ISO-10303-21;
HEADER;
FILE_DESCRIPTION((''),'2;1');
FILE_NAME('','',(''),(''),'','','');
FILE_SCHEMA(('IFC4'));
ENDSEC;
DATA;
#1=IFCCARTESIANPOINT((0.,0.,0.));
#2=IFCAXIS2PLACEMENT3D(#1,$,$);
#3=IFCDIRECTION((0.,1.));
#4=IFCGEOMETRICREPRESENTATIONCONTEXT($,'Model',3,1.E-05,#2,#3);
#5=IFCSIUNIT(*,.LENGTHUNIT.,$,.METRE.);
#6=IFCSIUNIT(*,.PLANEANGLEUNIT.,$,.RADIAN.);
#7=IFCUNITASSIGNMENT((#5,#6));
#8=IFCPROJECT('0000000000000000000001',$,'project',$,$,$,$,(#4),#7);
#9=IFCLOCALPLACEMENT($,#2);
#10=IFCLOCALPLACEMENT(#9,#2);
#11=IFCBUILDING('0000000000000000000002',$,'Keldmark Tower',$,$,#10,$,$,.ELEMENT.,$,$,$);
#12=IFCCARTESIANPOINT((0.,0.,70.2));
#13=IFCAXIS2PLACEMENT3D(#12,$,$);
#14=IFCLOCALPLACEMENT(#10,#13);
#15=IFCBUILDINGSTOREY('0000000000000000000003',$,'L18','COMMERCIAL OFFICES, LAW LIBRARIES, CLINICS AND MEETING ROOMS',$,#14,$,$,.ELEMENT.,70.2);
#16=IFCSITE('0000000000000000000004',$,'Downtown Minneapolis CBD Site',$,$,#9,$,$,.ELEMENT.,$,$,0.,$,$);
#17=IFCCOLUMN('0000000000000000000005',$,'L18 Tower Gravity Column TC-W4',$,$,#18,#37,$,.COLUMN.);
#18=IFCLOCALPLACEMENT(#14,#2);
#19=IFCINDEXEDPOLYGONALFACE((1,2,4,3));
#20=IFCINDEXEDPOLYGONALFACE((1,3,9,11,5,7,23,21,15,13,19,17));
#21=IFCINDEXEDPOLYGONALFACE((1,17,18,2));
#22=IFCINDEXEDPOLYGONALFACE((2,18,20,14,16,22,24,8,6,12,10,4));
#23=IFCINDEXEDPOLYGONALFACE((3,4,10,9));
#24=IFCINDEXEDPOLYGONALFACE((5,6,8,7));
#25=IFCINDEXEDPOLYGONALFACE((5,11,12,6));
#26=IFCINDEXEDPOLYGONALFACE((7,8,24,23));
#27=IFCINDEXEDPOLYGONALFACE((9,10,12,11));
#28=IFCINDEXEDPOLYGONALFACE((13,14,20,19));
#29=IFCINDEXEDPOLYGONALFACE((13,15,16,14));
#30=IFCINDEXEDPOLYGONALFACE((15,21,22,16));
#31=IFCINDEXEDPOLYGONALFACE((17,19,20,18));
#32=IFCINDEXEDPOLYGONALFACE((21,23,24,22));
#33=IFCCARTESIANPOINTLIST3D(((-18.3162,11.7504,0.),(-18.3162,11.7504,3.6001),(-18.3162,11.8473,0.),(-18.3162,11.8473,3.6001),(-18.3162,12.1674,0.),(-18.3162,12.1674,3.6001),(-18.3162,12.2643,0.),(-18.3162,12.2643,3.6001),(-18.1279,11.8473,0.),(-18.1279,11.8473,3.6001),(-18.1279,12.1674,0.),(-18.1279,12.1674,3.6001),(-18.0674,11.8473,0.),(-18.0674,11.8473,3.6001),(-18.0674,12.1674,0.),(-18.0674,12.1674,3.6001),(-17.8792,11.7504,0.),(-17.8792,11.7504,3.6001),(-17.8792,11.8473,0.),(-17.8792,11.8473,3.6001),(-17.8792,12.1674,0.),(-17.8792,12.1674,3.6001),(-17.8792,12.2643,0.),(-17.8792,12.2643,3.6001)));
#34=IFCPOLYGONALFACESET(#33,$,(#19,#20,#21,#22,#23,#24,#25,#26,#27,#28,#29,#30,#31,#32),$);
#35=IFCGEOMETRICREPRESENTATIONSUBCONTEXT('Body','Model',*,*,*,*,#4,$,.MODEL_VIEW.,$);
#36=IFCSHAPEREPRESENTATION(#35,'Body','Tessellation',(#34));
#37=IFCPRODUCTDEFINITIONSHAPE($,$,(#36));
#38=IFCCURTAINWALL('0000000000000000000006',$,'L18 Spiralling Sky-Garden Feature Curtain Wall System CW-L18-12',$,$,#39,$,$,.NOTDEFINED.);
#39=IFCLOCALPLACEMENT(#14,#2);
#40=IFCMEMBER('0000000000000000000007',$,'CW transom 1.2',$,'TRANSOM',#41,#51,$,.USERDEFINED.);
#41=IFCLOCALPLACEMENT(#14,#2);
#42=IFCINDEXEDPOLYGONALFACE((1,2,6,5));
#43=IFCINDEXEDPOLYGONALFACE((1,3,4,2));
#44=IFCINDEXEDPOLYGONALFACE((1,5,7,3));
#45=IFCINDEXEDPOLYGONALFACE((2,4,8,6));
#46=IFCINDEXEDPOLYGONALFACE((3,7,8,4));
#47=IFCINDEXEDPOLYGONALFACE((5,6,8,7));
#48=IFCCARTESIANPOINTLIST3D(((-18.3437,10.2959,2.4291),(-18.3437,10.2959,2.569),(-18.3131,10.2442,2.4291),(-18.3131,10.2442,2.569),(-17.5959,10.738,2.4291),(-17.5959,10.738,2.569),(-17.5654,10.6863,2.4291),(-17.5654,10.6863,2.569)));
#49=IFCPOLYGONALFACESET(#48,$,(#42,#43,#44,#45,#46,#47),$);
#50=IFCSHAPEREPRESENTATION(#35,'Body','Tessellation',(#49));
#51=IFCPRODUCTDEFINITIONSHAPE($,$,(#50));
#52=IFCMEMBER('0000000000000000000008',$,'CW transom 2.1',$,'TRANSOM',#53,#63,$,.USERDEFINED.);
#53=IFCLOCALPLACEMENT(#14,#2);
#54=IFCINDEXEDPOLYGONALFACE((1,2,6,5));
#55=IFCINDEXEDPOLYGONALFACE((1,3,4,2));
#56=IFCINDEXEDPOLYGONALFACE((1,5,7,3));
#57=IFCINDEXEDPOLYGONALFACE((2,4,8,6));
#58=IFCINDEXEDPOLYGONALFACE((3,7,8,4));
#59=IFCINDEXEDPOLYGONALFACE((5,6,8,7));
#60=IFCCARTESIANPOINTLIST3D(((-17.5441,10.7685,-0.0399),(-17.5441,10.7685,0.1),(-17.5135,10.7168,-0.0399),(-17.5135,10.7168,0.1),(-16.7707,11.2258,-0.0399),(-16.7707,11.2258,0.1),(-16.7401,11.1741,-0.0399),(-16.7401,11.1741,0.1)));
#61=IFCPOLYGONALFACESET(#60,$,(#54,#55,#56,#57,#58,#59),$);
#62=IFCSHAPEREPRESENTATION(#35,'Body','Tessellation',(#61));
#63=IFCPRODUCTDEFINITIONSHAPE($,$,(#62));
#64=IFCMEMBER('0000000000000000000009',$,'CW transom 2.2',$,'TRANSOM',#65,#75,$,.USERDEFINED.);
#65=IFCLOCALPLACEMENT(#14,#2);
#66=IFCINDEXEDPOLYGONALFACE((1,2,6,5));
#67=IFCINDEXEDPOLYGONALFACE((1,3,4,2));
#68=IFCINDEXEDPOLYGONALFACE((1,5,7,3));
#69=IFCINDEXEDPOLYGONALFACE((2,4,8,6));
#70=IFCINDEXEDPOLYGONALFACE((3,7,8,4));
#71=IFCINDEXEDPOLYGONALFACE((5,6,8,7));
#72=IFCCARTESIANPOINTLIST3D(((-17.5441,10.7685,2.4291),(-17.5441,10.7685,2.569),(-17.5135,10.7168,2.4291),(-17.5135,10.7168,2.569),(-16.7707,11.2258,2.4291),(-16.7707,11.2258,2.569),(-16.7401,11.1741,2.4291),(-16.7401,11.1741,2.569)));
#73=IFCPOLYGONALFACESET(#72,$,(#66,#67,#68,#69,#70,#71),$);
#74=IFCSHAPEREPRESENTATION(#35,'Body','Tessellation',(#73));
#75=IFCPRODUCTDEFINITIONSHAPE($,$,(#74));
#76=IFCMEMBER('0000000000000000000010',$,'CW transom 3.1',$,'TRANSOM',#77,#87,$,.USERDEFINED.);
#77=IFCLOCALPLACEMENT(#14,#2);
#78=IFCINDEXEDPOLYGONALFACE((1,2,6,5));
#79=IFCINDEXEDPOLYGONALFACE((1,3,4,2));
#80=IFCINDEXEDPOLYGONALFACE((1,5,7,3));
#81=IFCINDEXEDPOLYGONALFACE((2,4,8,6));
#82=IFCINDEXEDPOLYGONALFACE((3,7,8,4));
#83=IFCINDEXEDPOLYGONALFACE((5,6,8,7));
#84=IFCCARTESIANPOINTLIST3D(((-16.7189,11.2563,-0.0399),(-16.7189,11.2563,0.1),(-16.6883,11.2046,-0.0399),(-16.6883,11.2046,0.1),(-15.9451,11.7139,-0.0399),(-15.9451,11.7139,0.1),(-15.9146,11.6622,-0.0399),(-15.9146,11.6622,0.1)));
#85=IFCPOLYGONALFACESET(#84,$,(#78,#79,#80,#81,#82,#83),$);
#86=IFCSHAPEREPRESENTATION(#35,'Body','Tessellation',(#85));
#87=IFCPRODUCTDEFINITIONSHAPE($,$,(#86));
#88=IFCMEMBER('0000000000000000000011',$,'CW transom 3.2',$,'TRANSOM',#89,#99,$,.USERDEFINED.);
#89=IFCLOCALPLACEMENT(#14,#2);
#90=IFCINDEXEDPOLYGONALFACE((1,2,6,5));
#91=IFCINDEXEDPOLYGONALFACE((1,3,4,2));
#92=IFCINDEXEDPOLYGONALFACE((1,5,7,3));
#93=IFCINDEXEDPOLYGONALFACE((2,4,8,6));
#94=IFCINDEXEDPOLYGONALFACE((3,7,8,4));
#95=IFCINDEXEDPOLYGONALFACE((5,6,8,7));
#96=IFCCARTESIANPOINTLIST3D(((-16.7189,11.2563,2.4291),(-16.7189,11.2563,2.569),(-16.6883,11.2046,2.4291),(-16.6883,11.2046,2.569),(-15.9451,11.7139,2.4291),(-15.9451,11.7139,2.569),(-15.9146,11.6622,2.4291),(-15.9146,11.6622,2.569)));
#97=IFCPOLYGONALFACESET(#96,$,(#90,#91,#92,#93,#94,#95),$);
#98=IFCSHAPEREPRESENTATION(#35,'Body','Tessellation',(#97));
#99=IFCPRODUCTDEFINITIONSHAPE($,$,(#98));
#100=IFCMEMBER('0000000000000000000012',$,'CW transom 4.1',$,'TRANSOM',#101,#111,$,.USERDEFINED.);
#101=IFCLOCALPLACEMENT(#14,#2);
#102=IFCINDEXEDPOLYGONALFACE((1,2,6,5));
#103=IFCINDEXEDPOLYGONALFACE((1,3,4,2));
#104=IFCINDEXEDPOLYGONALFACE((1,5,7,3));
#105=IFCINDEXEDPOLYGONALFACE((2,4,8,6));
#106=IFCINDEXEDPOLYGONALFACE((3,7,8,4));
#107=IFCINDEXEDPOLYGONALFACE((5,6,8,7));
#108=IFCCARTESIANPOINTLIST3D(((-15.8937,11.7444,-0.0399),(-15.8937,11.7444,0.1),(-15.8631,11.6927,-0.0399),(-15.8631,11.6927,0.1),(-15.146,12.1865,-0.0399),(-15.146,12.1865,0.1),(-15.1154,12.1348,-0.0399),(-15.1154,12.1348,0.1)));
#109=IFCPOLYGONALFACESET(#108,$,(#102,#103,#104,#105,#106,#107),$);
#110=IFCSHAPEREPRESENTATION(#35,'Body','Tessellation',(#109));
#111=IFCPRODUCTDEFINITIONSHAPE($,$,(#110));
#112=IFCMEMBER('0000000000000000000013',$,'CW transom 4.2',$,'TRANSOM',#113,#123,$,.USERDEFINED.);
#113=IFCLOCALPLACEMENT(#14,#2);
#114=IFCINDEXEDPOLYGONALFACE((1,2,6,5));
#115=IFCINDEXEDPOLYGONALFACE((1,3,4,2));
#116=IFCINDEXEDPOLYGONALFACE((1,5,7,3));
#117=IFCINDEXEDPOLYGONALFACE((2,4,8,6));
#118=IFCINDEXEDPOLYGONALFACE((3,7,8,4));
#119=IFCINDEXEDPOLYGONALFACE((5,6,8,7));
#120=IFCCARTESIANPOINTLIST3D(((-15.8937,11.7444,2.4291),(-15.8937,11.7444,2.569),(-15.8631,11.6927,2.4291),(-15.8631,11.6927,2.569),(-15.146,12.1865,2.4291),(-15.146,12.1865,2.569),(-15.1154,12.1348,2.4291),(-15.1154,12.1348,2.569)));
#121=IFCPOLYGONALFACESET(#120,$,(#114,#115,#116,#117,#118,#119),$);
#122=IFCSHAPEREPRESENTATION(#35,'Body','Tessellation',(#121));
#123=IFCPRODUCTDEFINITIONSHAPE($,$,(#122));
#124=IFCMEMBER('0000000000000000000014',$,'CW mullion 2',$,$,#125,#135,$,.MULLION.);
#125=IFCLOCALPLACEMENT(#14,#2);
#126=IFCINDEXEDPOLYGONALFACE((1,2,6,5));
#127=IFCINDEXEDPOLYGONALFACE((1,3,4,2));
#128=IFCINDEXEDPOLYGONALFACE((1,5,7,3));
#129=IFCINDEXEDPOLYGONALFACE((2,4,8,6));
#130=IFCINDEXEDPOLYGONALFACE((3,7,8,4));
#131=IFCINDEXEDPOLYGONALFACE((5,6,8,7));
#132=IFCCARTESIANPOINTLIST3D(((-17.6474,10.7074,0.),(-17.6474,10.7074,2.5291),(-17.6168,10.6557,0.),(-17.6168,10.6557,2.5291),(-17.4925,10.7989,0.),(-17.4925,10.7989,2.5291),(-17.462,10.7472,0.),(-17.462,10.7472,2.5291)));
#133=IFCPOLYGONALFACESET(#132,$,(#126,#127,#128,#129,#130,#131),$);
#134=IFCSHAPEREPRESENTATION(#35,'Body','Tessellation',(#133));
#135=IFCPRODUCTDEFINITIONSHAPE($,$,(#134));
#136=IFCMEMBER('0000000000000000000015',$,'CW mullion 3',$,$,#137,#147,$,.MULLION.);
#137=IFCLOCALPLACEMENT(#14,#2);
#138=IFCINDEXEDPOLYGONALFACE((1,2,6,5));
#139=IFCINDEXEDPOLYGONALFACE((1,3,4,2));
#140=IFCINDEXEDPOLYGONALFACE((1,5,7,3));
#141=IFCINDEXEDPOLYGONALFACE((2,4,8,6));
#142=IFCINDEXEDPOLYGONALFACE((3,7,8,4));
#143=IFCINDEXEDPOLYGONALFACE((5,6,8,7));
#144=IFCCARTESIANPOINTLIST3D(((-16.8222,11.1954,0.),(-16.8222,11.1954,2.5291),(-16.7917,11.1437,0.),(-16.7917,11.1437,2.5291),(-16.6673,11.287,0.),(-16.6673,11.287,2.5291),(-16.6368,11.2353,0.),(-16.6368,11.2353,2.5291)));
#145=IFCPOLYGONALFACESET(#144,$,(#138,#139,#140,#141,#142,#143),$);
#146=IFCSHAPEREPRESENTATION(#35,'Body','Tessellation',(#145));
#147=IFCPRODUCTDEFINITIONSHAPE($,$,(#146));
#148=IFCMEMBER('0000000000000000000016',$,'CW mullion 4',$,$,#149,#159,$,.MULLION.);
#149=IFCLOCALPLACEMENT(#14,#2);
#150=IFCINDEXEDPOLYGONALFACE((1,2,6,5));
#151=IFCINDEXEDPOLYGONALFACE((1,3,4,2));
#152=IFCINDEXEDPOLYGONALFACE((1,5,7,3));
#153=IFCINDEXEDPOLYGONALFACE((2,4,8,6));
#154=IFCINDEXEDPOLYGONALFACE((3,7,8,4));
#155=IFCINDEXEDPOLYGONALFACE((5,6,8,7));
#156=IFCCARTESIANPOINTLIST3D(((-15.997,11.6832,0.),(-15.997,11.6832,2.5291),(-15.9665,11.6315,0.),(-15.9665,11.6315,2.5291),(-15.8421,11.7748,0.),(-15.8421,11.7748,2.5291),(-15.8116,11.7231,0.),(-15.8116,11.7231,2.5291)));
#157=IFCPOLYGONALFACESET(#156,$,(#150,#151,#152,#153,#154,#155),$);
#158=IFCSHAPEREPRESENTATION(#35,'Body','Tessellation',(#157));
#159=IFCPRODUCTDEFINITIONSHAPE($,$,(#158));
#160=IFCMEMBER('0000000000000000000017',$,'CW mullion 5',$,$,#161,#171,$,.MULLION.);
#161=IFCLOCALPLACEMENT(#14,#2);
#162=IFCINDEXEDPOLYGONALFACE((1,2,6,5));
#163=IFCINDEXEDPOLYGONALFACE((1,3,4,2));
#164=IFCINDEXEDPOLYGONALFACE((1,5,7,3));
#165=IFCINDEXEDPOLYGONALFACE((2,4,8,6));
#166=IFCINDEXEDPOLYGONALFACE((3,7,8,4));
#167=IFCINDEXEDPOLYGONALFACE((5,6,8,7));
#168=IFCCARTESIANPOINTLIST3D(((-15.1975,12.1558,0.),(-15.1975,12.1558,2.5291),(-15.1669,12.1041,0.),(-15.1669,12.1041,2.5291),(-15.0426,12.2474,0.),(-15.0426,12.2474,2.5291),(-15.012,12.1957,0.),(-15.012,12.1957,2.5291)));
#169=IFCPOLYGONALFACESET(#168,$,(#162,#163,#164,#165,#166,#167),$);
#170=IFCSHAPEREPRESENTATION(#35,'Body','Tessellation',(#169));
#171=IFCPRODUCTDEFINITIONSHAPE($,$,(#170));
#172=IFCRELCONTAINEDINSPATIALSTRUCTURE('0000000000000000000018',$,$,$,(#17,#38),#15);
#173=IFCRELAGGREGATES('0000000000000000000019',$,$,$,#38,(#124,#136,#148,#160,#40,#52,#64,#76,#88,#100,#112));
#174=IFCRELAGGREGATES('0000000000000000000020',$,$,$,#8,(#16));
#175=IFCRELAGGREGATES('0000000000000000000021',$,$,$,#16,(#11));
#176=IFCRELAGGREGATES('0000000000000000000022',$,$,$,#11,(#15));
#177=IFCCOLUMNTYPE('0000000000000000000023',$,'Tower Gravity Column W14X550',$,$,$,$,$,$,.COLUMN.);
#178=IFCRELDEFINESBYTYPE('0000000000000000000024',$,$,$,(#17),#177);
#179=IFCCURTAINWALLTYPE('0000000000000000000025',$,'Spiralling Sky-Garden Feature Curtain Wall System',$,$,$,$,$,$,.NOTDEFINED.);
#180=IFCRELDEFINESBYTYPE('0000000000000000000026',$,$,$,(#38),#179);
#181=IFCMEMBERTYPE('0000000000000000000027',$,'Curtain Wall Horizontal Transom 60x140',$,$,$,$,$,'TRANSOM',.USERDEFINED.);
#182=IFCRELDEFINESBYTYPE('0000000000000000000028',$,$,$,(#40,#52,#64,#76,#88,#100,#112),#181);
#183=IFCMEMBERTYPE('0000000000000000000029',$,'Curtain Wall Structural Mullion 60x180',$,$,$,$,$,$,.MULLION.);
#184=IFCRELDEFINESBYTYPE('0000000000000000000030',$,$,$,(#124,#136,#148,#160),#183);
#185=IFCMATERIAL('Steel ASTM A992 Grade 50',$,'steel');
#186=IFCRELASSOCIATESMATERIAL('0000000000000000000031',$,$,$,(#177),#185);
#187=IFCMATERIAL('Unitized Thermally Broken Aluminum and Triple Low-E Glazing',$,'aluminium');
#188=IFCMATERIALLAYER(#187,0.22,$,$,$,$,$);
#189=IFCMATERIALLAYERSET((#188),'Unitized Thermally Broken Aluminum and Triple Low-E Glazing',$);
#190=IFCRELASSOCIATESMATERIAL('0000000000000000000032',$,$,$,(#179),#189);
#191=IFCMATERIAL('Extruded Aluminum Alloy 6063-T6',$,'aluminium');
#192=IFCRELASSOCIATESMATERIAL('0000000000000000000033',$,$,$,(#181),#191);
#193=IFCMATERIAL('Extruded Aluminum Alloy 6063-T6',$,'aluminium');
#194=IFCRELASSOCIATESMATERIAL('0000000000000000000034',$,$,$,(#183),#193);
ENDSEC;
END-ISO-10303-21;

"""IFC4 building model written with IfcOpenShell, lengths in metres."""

from ifc_helpers import new_model, si_unit, direction, frame, origin, origin_2d, place, context, subcontext, project, spatial, rectangle, i_section, extrude, material, layer, layer_set, material_profile, profile_set, type_object, element, aggregate, save


model = new_model("IFC4")

# Units and contexts
model_context = context("Model", 3, precision=1e-05, world=origin(), true_north=direction((0.0, 1.0)))
body_context = subcontext(model_context, "Body", "Model", "MODEL_VIEW")
ifc_project = project(units=[si_unit("LENGTHUNIT", "METRE"), si_unit("PLANEANGLEUNIT", "RADIAN")], contexts=[model_context])

# Site, building, storey
site_placement = place(None, origin())
site = spatial("IfcSite", under=ifc_project, at=site_placement, Name="Downtown Minneapolis CBD Site", CompositionType="ELEMENT", RefElevation=0.0)
building_placement = place(site_placement, origin())
building = spatial("IfcBuilding", under=site, at=building_placement, Name="Keldmark Tower", CompositionType="ELEMENT")
storey_placement = place(building_placement, frame((0.0, 0.0, 70.2)))
storey = spatial("IfcBuildingStorey", under=building, at=storey_placement, Name="L18", Description="COMMERCIAL OFFICES, LAW LIBRARIES, CLINICS AND MEETING ROOMS", CompositionType="ELEMENT", Elevation=70.2)

# Column
ifc_material_1 = material(Name="Steel ASTM A992 Grade 50", Category="steel")
ifc_material_profile_1 = material_profile(ifc_material_1, i_section(OverallWidth=0.437, OverallDepth=0.5139, WebThickness=0.0605, FlangeThickness=0.0969, at=origin_2d()), Name="W14X550")
ifc_profile_set_1 = profile_set([ifc_material_profile_1], Name="Steel ASTM A992 Grade 50")
column_type = type_object("IfcColumnType", Name="Tower Gravity Column W14X550", PredefinedType="COLUMN", material=ifc_profile_set_1)
column_placement = place(storey_placement, frame((-18.0977, 12.0073, 0.0), z_axis=(0.0, 0.0, 1.0), x_axis=(1.0, 0.0, 0.0)))
element("IfcColumn", 1, at=column_placement, inside=storey, type_object=column_type, Name="L18 Tower Gravity Column TC-W4", PredefinedType="COLUMN", context=body_context, shape_type="SweptSolid", body=[
    extrude(i_section(OverallWidth=0.437, OverallDepth=0.5139, WebThickness=0.0605, FlangeThickness=0.0969, at=origin_2d()), origin(), (0.0, 0.0, 1.0), 3.6001),
])

# Curtain wall, members
ifc_material_2 = material(Name="Unitized Thermally Broken Aluminum and Triple Low-E Glazing", Category="aluminium")
ifc_layer_1 = layer(ifc_material_2, 0.22)
ifc_layer_set_1 = layer_set([ifc_layer_1], Name="Unitized Thermally Broken Aluminum and Triple Low-E Glazing")
curtain_wall_type = type_object("IfcCurtainWallType", Name="Spiralling Sky-Garden Feature Curtain Wall System", PredefinedType="NOTDEFINED", material=ifc_layer_set_1)
curtain_wall_placement = place(storey_placement, origin())
curtain_wall = element("IfcCurtainWall", 2, at=curtain_wall_placement, inside=storey, type_object=curtain_wall_type, Name="L18 Spiralling Sky-Garden Feature Curtain Wall System CW-L18-12", PredefinedType="NOTDEFINED")
ifc_material_3 = material(Name="Extruded Aluminum Alloy 6063-T6", Category="aluminium")
ifc_material_profile_2 = material_profile(ifc_material_3, rectangle(XDim=0.0601, YDim=0.1399, at=origin_2d()), Name="CWT60X140")
ifc_profile_set_2 = profile_set([ifc_material_profile_2], Name="Extruded Aluminum Alloy 6063-T6")
member_type_1 = type_object("IfcMemberType", Name="Curtain Wall Horizontal Transom 60x140", ElementType="TRANSOM", PredefinedType="USERDEFINED", material=ifc_profile_set_2)
member_1_placement = place(storey_placement, frame((-18.3284, 10.27, 2.499), z_axis=(0.860798, 0.508947, 0.0), x_axis=(-0.508947, 0.860798, 0.0)))
member_1 = element("IfcMember", 3, at=member_1_placement, type_object=member_type_1, Name="CW transom 1.2", ObjectType="TRANSOM", PredefinedType="USERDEFINED", context=body_context, shape_type="SweptSolid", body=[
    extrude(rectangle(XDim=0.0601, YDim=0.1399, at=origin_2d()), origin(), (0.0, 0.0, 1.0), 0.8687),
])
member_2_placement = place(storey_placement, frame((-17.5288, 10.7427, 0.03), z_axis=(0.860807, 0.508931, 0.0), x_axis=(-0.508931, 0.860807, 0.0)))
member_2 = element("IfcMember", 4, at=member_2_placement, type_object=member_type_1, Name="CW transom 2.1", ObjectType="TRANSOM", PredefinedType="USERDEFINED", context=body_context, shape_type="SweptSolid", body=[
    extrude(rectangle(XDim=0.0601, YDim=0.1399, at=origin_2d()), origin(), (0.0, 0.0, 1.0), 0.8984),
])
member_3_placement = place(storey_placement, frame((-17.5288, 10.7427, 2.499), z_axis=(0.860807, 0.508931, 0.0), x_axis=(-0.508931, 0.860807, 0.0)))
member_3 = element("IfcMember", 5, at=member_3_placement, type_object=member_type_1, Name="CW transom 2.2", ObjectType="TRANSOM", PredefinedType="USERDEFINED", context=body_context, shape_type="SweptSolid", body=[
    extrude(rectangle(XDim=0.0601, YDim=0.1399, at=origin_2d()), origin(), (0.0, 0.0, 1.0), 0.8984),
])
member_4_placement = place(storey_placement, frame((-16.7036, 11.2305, 0.03), z_axis=(0.860759, 0.509013, 0.0), x_axis=(-0.509013, 0.860759, 0.0)))
member_4 = element("IfcMember", 6, at=member_4_placement, type_object=member_type_1, Name="CW transom 3.1", ObjectType="TRANSOM", PredefinedType="USERDEFINED", context=body_context, shape_type="SweptSolid", body=[
    extrude(rectangle(XDim=0.0601, YDim=0.1399, at=origin_2d()), origin(), (0.0, 0.0, 1.0), 0.8989),
])
member_5_placement = place(storey_placement, frame((-16.7036, 11.2305, 2.499), z_axis=(0.860759, 0.509013, 0.0), x_axis=(-0.509013, 0.860759, 0.0)))
member_5 = element("IfcMember", 7, at=member_5_placement, type_object=member_type_1, Name="CW transom 3.2", ObjectType="TRANSOM", PredefinedType="USERDEFINED", context=body_context, shape_type="SweptSolid", body=[
    extrude(rectangle(XDim=0.0601, YDim=0.1399, at=origin_2d()), origin(), (0.0, 0.0, 1.0), 0.8989),
])
member_6_placement = place(storey_placement, frame((-15.8784, 11.7185, 0.03), z_axis=(0.860798, 0.508947, 0.0), x_axis=(-0.508947, 0.860798, 0.0)))
member_6 = element("IfcMember", 8, at=member_6_placement, type_object=member_type_1, Name="CW transom 4.1", ObjectType="TRANSOM", PredefinedType="USERDEFINED", context=body_context, shape_type="SweptSolid", body=[
    extrude(rectangle(XDim=0.0601, YDim=0.1399, at=origin_2d()), origin(), (0.0, 0.0, 1.0), 0.8687),
])
member_7_placement = place(storey_placement, frame((-15.8784, 11.7185, 2.499), z_axis=(0.860798, 0.508947, 0.0), x_axis=(-0.508947, 0.860798, 0.0)))
member_7 = element("IfcMember", 9, at=member_7_placement, type_object=member_type_1, Name="CW transom 4.2", ObjectType="TRANSOM", PredefinedType="USERDEFINED", context=body_context, shape_type="SweptSolid", body=[
    extrude(rectangle(XDim=0.0601, YDim=0.1399, at=origin_2d()), origin(), (0.0, 0.0, 1.0), 0.8687),
])
ifc_material_4 = material(Name="Extruded Aluminum Alloy 6063-T6", Category="aluminium")
ifc_material_profile_3 = material_profile(ifc_material_4, rectangle(XDim=0.0601, YDim=0.1799, at=origin_2d()), Name="CWM60X180")
ifc_profile_set_3 = profile_set([ifc_material_profile_3], Name="Extruded Aluminum Alloy 6063-T6")
member_type_2 = type_object("IfcMemberType", Name="Curtain Wall Structural Mullion 60x180", PredefinedType="MULLION", material=ifc_profile_set_3)
member_8_placement = place(storey_placement, frame((-17.5547, 10.7273, 0.0), z_axis=(0.0, 0.0, 1.0), x_axis=(-0.508955, 0.860793, 0.0)))
member_8 = element("IfcMember", 10, at=member_8_placement, type_object=member_type_2, Name="CW mullion 2", PredefinedType="MULLION", context=body_context, shape_type="SweptSolid", body=[
    extrude(rectangle(XDim=0.0601, YDim=0.1799, at=origin_2d()), origin(), (0.0, 0.0, 1.0), 2.5291),
])
member_9_placement = place(storey_placement, frame((-16.7295, 11.2153, 0.0), z_axis=(0.0, 0.0, 1.0), x_axis=(-0.508955, 0.860793, 0.0)))
member_9 = element("IfcMember", 11, at=member_9_placement, type_object=member_type_2, Name="CW mullion 3", PredefinedType="MULLION", context=body_context, shape_type="SweptSolid", body=[
    extrude(rectangle(XDim=0.0601, YDim=0.1799, at=origin_2d()), origin(), (0.0, 0.0, 1.0), 2.5291),
])
member_10_placement = place(storey_placement, frame((-15.9043, 11.7031, 0.0), z_axis=(0.0, 0.0, 1.0), x_axis=(-0.508955, 0.860793, 0.0)))
member_10 = element("IfcMember", 12, at=member_10_placement, type_object=member_type_2, Name="CW mullion 4", PredefinedType="MULLION", context=body_context, shape_type="SweptSolid", body=[
    extrude(rectangle(XDim=0.0601, YDim=0.1799, at=origin_2d()), origin(), (0.0, 0.0, 1.0), 2.5291),
])
member_11_placement = place(storey_placement, frame((-15.1047, 12.1758, 0.0), z_axis=(0.0, 0.0, 1.0), x_axis=(-0.508955, 0.860793, 0.0)))
member_11 = element("IfcMember", 13, at=member_11_placement, type_object=member_type_2, Name="CW mullion 5", PredefinedType="MULLION", context=body_context, shape_type="SweptSolid", body=[
    extrude(rectangle(XDim=0.0601, YDim=0.1799, at=origin_2d()), origin(), (0.0, 0.0, 1.0), 2.5291),
])

aggregate(curtain_wall, [member_8, member_9, member_10, member_11, member_1, member_2, member_3, member_4, member_5, member_6, member_7])

save(model, "model.ifc")
